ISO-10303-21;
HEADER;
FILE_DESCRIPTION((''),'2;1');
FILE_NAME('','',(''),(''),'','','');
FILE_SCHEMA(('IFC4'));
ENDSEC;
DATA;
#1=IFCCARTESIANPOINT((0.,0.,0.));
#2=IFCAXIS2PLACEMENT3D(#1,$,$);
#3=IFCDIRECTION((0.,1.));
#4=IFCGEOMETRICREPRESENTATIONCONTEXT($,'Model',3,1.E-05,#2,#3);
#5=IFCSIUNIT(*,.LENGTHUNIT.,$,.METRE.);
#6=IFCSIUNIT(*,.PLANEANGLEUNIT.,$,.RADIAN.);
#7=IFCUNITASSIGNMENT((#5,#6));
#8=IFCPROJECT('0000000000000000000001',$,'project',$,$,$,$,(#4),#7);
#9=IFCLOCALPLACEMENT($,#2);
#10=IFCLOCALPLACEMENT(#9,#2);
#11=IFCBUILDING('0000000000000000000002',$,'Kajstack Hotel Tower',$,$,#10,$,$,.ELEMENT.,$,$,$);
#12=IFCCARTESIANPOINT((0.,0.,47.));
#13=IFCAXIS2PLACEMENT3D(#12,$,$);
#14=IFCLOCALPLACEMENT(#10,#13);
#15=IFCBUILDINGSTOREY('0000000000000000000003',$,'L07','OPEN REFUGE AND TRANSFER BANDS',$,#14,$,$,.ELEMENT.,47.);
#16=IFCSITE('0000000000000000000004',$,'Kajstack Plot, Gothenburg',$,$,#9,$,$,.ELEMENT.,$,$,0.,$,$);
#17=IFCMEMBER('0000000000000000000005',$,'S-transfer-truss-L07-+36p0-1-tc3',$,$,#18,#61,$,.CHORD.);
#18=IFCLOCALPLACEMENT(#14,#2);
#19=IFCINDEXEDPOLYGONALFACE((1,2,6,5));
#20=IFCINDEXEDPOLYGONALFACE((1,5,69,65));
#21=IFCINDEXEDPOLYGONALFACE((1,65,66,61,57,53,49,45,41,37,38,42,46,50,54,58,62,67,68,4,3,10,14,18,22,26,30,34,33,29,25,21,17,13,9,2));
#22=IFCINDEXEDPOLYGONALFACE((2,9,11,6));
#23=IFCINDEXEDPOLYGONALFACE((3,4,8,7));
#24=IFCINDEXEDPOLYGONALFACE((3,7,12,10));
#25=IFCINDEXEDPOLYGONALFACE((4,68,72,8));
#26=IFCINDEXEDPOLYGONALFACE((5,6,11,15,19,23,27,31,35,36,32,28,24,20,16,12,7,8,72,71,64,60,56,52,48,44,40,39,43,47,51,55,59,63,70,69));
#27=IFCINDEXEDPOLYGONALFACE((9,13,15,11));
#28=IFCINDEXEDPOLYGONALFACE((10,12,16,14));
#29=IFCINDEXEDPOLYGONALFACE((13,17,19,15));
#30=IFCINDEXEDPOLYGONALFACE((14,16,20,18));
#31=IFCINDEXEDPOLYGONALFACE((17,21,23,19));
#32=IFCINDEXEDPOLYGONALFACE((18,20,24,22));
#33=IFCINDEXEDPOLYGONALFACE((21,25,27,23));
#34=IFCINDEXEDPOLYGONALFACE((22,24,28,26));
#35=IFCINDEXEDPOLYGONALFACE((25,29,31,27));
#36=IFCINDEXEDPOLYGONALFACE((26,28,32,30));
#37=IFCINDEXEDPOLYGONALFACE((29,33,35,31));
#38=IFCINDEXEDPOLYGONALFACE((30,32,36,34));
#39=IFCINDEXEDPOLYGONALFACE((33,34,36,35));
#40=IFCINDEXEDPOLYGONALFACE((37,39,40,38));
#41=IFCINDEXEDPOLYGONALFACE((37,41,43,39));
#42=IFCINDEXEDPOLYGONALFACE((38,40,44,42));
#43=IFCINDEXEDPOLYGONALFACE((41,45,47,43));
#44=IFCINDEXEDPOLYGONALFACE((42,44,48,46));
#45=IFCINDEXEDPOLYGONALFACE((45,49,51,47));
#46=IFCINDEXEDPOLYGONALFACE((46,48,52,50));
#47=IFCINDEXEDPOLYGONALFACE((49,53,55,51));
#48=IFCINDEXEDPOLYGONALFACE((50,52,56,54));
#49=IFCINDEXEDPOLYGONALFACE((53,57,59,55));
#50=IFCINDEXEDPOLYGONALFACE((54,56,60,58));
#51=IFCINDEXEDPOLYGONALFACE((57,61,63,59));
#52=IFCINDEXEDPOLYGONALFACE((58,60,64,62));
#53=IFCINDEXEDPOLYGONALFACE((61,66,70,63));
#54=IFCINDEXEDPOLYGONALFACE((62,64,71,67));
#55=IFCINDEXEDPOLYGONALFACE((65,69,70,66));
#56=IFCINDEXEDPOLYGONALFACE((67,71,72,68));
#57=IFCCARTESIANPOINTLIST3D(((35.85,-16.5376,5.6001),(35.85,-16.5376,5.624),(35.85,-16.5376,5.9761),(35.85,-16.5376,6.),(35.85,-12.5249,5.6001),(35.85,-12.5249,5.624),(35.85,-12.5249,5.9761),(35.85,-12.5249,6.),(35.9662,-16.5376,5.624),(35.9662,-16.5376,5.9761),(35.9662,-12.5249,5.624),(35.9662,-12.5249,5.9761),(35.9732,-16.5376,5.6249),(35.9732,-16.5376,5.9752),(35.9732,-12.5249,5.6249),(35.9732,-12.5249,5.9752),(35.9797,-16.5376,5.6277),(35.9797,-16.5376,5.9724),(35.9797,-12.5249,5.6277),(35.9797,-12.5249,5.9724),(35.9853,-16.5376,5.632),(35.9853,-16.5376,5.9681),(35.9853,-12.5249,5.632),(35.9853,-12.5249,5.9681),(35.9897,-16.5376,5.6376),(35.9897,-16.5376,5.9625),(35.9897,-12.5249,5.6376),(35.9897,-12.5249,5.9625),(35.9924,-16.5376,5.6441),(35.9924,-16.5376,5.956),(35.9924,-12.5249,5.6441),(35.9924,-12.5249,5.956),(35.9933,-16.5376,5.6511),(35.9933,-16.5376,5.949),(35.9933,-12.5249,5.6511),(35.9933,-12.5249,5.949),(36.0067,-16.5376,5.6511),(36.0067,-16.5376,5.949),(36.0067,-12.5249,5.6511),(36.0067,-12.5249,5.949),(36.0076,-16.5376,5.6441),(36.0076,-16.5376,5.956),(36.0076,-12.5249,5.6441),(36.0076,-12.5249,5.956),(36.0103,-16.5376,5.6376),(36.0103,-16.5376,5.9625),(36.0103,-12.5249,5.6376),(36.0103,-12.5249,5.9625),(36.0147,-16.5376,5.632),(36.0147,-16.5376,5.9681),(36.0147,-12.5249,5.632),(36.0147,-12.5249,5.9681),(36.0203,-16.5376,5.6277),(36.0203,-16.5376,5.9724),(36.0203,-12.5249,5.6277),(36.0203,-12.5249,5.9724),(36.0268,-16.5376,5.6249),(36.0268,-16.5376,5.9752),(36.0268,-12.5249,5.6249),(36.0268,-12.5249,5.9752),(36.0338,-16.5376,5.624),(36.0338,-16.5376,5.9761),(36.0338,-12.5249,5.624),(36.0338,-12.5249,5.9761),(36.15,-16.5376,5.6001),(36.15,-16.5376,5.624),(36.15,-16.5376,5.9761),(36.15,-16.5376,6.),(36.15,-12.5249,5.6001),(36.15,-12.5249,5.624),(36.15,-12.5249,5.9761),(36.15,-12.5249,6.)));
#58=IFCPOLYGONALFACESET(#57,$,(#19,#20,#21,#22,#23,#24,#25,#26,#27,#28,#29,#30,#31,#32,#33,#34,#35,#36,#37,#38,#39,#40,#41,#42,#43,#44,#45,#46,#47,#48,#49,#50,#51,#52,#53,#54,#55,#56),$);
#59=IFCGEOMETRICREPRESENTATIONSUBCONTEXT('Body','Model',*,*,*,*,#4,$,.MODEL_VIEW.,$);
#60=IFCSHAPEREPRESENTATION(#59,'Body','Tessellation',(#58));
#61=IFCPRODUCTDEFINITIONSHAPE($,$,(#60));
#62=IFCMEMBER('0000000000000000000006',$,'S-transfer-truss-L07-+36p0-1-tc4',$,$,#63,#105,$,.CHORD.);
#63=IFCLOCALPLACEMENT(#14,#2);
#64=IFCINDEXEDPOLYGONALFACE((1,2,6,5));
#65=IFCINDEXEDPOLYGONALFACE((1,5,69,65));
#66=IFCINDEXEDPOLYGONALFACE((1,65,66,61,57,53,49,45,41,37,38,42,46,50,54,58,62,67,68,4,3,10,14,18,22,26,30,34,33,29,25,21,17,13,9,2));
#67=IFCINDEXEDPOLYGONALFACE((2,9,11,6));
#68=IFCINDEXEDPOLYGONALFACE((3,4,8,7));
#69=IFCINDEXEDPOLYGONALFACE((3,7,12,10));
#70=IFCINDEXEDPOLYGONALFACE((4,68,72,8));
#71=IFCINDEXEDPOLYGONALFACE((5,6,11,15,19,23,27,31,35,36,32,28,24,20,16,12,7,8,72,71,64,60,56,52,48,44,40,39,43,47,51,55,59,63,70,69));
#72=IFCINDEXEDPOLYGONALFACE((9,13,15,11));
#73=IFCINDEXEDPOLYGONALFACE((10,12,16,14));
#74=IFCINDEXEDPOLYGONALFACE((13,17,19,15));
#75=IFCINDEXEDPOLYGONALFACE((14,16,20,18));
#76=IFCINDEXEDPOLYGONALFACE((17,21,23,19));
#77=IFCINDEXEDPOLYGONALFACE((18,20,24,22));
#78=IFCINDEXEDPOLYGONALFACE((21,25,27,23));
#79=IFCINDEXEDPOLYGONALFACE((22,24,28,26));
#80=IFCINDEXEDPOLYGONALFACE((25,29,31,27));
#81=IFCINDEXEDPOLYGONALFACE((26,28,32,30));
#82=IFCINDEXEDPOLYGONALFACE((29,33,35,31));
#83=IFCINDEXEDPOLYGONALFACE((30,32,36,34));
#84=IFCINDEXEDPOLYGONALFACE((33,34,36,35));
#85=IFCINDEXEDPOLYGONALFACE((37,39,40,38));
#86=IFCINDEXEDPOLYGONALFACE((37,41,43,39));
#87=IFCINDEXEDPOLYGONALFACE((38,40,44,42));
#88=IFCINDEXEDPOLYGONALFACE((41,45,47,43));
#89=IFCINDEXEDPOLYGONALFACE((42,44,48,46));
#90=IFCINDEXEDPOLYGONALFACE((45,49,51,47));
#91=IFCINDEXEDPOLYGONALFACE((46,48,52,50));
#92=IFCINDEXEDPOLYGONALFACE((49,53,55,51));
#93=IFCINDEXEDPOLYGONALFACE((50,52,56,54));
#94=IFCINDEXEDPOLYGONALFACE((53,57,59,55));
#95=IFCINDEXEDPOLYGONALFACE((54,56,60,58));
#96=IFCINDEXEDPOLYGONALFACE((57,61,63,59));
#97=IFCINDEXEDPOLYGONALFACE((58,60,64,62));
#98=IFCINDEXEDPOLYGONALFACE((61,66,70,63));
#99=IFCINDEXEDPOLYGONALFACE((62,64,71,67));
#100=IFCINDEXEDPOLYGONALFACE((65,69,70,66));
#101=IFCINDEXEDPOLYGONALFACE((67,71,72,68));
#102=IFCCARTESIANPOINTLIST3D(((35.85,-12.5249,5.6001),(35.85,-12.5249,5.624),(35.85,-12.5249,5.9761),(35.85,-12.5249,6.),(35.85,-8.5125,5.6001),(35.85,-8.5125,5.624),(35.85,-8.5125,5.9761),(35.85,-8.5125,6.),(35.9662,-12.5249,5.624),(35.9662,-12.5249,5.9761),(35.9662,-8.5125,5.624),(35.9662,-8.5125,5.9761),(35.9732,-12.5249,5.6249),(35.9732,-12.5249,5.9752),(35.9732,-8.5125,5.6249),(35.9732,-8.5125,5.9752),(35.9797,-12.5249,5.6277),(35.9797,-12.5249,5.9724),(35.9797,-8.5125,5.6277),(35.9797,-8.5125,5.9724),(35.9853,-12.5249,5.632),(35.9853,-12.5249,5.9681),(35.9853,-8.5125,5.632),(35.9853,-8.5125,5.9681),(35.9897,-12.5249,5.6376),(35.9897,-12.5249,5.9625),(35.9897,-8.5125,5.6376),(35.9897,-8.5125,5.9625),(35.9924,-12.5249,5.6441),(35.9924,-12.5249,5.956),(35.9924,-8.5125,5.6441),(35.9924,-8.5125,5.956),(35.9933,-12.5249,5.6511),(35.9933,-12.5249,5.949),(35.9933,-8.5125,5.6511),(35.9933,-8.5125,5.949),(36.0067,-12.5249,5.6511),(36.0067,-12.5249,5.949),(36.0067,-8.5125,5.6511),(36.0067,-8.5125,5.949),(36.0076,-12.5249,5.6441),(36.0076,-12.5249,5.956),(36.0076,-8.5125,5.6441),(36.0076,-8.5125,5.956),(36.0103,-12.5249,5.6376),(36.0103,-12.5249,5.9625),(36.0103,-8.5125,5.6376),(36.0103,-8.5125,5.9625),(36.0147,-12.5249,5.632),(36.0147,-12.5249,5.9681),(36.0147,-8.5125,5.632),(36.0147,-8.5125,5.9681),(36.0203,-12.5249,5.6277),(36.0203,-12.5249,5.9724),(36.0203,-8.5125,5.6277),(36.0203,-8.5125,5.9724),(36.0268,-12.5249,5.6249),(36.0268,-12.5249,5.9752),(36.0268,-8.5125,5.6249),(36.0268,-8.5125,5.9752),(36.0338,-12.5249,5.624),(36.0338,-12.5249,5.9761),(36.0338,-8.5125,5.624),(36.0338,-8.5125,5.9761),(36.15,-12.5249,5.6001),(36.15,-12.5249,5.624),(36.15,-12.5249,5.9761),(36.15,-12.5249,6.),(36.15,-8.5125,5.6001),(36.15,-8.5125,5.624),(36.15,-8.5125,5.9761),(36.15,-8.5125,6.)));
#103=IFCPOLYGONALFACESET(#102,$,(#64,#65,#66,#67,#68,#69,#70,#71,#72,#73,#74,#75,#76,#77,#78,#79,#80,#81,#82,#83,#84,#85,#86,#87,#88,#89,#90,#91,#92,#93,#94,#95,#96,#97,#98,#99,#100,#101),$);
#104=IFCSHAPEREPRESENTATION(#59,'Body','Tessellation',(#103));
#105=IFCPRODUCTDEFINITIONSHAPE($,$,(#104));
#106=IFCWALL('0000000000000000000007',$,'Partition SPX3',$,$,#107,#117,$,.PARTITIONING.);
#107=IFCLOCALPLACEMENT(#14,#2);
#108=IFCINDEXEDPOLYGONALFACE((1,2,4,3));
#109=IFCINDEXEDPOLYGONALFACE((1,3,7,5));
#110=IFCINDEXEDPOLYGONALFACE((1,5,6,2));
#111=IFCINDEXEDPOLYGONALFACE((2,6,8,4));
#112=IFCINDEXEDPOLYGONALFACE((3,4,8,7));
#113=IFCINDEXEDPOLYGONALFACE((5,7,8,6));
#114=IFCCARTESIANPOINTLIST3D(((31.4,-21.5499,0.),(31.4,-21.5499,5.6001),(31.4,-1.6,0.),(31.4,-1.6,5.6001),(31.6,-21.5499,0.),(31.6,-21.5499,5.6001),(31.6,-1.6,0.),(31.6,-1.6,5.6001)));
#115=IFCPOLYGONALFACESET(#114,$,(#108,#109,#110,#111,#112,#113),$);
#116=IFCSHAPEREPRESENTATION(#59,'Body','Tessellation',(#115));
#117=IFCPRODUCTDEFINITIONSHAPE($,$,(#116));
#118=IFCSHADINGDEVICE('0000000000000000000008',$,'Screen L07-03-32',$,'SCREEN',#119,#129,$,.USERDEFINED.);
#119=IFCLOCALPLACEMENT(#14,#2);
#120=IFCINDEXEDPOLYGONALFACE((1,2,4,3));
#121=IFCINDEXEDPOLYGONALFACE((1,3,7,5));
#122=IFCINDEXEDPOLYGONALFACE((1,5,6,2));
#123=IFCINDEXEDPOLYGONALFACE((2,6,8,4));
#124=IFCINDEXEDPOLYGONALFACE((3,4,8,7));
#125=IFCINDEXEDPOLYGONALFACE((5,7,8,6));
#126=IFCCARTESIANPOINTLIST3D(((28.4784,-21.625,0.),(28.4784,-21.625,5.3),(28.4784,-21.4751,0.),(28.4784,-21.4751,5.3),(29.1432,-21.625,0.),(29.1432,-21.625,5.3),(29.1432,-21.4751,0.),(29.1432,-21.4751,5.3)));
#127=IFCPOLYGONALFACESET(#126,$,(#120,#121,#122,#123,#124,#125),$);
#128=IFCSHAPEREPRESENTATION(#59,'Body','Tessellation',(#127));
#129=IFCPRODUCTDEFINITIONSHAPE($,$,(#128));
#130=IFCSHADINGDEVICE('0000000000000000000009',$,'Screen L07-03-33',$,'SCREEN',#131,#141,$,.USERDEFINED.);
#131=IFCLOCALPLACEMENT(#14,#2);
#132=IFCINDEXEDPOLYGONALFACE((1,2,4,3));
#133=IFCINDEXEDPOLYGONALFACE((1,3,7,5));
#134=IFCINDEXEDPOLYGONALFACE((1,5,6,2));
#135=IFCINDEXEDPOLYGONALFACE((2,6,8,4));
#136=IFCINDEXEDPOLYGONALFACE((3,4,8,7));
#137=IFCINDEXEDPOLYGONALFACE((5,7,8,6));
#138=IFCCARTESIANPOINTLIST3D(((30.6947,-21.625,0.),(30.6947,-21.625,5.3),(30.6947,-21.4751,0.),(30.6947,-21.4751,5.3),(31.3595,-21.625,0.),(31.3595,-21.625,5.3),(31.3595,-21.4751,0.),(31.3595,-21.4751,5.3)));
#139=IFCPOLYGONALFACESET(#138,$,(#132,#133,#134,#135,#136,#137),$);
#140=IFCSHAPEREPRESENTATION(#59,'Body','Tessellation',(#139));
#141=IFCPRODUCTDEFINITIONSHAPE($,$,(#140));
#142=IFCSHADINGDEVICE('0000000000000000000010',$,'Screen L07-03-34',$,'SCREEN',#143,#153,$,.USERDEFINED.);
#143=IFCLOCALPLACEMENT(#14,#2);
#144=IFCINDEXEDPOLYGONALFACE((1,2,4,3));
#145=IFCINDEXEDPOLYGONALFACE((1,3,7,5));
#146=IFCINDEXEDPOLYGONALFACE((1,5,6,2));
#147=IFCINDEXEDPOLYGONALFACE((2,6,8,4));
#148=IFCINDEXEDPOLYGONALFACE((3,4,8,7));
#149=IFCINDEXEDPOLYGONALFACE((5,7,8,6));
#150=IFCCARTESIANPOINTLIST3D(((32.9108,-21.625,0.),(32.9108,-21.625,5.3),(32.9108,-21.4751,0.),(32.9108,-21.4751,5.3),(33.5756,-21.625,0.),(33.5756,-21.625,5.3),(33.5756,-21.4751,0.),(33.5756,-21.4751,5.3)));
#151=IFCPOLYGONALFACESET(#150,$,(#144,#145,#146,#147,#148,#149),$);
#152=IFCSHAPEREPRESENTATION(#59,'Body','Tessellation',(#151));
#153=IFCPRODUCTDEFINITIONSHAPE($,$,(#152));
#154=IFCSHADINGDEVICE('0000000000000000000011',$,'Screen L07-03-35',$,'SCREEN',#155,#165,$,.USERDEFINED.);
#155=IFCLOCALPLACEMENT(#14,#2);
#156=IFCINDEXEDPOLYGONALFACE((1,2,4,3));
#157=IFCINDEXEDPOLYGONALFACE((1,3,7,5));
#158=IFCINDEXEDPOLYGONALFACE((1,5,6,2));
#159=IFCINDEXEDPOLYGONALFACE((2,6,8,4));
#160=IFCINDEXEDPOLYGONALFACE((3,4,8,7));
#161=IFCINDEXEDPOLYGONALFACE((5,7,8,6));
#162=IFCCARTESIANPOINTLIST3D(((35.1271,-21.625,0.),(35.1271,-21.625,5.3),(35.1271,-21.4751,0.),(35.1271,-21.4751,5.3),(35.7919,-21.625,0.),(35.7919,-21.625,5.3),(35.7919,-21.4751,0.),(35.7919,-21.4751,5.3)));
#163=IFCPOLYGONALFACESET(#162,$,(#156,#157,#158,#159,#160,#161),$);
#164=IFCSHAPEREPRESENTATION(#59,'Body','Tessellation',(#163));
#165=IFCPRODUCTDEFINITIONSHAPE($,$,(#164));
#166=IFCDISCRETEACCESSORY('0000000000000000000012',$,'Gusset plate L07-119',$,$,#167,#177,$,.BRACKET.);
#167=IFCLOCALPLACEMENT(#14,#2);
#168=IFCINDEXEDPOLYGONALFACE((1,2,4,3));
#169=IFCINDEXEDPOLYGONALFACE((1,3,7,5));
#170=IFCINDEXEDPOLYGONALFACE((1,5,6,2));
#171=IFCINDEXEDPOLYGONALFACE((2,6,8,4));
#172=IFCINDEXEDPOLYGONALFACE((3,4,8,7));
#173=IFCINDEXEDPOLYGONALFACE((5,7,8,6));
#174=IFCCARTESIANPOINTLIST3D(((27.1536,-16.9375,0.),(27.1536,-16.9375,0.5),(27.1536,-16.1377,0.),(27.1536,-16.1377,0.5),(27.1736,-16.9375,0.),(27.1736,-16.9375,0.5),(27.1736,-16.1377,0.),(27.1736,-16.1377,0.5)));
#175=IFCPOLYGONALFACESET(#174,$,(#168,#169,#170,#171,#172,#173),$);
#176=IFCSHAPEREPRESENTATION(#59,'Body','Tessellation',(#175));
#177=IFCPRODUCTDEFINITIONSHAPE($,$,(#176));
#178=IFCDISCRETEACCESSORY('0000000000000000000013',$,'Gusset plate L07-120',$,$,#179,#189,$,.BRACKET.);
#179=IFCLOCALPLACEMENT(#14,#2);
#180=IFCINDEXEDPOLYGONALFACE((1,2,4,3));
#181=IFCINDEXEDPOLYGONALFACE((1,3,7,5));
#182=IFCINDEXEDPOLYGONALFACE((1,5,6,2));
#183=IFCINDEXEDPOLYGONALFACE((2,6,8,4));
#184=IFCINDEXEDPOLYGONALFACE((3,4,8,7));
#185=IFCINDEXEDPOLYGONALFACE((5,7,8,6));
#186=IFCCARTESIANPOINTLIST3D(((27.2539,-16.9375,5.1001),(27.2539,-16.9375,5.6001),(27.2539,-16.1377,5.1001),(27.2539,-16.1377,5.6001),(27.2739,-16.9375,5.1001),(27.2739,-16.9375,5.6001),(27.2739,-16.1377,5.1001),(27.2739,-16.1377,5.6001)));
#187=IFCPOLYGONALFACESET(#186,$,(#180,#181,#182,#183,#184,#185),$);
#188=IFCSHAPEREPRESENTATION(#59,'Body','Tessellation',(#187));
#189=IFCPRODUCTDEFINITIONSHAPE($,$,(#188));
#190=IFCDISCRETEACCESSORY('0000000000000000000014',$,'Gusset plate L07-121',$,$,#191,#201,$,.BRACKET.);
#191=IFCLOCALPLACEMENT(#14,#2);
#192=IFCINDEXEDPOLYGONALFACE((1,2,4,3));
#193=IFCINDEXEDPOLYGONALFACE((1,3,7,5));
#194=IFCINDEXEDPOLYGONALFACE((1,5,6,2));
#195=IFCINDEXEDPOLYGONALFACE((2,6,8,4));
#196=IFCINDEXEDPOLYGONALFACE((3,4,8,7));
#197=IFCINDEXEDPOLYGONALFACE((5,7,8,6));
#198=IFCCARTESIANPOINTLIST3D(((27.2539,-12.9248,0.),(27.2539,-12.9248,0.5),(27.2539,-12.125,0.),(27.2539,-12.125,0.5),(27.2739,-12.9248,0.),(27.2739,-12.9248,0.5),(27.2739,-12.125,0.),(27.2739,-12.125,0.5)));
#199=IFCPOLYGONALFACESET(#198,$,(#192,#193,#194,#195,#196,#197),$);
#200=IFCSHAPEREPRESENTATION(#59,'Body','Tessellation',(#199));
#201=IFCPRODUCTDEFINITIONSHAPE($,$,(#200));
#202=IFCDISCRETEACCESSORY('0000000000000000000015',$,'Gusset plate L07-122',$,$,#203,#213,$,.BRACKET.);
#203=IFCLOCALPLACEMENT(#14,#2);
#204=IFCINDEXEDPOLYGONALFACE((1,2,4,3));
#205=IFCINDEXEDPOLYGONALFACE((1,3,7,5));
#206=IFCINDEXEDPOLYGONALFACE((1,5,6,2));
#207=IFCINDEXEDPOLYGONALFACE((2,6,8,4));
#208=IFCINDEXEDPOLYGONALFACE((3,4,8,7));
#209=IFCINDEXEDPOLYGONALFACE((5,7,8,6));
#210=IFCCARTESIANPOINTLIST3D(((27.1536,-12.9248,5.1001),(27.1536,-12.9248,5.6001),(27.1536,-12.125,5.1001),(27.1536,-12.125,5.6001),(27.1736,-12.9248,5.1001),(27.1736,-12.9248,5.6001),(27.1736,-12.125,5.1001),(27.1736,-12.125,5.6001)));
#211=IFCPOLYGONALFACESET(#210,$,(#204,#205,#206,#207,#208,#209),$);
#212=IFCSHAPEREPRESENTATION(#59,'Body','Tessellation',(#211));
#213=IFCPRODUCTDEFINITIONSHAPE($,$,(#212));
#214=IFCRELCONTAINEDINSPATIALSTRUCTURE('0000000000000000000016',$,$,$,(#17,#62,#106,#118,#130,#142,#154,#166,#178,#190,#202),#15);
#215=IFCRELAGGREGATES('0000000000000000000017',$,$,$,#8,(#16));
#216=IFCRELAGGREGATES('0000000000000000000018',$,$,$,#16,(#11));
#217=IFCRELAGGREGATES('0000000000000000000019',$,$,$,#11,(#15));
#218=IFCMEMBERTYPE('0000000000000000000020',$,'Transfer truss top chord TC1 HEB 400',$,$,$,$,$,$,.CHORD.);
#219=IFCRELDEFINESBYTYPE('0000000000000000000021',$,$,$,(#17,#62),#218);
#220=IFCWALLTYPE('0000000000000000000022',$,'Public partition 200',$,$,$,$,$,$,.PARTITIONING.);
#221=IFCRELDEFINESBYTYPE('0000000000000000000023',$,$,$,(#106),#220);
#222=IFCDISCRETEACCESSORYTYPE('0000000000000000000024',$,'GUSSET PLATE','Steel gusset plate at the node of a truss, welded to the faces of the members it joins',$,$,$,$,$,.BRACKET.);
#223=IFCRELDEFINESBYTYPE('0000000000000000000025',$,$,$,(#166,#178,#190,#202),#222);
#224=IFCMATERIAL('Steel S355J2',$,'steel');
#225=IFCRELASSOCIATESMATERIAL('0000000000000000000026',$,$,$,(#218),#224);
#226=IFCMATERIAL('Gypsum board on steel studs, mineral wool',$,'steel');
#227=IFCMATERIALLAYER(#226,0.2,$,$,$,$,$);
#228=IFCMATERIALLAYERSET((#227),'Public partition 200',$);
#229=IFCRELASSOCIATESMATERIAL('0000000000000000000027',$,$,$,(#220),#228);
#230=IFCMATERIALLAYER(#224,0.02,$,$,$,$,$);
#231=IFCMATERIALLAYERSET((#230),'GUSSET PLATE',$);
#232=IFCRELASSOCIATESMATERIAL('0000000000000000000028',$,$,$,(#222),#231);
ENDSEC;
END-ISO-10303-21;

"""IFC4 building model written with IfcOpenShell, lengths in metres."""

from ifc_helpers import new_model, si_unit, direction, frame, frame_2d, origin, origin_2d, place, context, subcontext, project, spatial, polyline, rectangle, i_section, outline, extrude, material, layer, layer_set, material_profile, profile_set, type_object, element, save


model = new_model("IFC4")

# Units and contexts
model_context = context("Model", 3, precision=1e-05, world=origin(), true_north=direction((0.0, 1.0)))
body_context = subcontext(model_context, "Body", "Model", "MODEL_VIEW")
ifc_project = project(units=[si_unit("LENGTHUNIT", "METRE"), si_unit("PLANEANGLEUNIT", "RADIAN")], contexts=[model_context])

# Site, building, storey
site_placement = place(None, origin())
site = spatial("IfcSite", under=ifc_project, at=site_placement, Name="Kajstack Plot, Gothenburg", CompositionType="ELEMENT", RefElevation=0.0)
building_placement = place(site_placement, origin())
building = spatial("IfcBuilding", under=site, at=building_placement, Name="Kajstack Hotel Tower", CompositionType="ELEMENT")
storey_placement = place(building_placement, frame((0.0, 0.0, 47.0)))
storey = spatial("IfcBuildingStorey", under=building, at=storey_placement, Name="L07", Description="OPEN REFUGE AND TRANSFER BANDS", CompositionType="ELEMENT", Elevation=47.0)

# Members
ifc_material_1 = material(Name="Steel S355J2", Category="steel")
ifc_material_profile_1 = material_profile(ifc_material_1, i_section(OverallWidth=0.3, OverallDepth=0.3999, WebThickness=0.0134, FlangeThickness=0.0239, FilletRadius=0.0271, at=origin_2d()), Name="HEB 400")
ifc_profile_set_1 = profile_set([ifc_material_profile_1], Name="Steel S355J2")
member_type_1 = type_object("IfcMemberType", Name="Transfer truss top chord TC1 HEB 400", PredefinedType="CHORD", material=ifc_profile_set_1)
member_1_placement = place(storey_placement, frame((36.0, -16.5376, 5.8), z_axis=(0.0, 1.0, 0.0), x_axis=(-1.0, 0.0, 0.0)))
element("IfcMember", 1, at=member_1_placement, inside=storey, type_object=member_type_1, Name="S-transfer-truss-L07-+36p0-1-tc3", PredefinedType="CHORD", context=body_context, shape_type="SweptSolid", body=[
    extrude(i_section(OverallWidth=0.3, OverallDepth=0.3999, WebThickness=0.0134, FlangeThickness=0.0239, FilletRadius=0.0271, at=origin_2d()), origin(), (0.0, 0.0, 1.0), 4.0127),
])
member_2_placement = place(storey_placement, frame((36.0, -12.5249, 5.8), z_axis=(0.0, 1.0, 0.0), x_axis=(-1.0, 0.0, 0.0)))
element("IfcMember", 2, at=member_2_placement, inside=storey, type_object=member_type_1, Name="S-transfer-truss-L07-+36p0-1-tc4", PredefinedType="CHORD", context=body_context, shape_type="SweptSolid", body=[
    extrude(i_section(OverallWidth=0.3, OverallDepth=0.3999, WebThickness=0.0134, FlangeThickness=0.0239, FilletRadius=0.0271, at=origin_2d()), origin(), (0.0, 0.0, 1.0), 4.0125),
])

# Wall
ifc_material_2 = material(Name="Gypsum board on steel studs, mineral wool", Category="steel")
ifc_layer_1 = layer(ifc_material_2, 0.2)
ifc_layer_set_1 = layer_set([ifc_layer_1], Name="Public partition 200")
wall_type = type_object("IfcWallType", Name="Public partition 200", PredefinedType="PARTITIONING", material=ifc_layer_set_1)
wall_placement = place(storey_placement, frame((31.5, -21.55, 0.0), z_axis=(0.0, 0.0, 1.0), x_axis=(0.0, 1.0, 0.0)))
element("IfcWall", 3, at=wall_placement, inside=storey, type_object=wall_type, Name="Partition SPX3", PredefinedType="PARTITIONING", context=body_context, shape_type="SweptSolid", body=[
    extrude(rectangle(XDim=19.95, YDim=0.2, at=frame_2d((9.9751, 0.0))), origin(), (0.0, 0.0, 1.0), 5.6001),
])

# Shading devices
for number, where, z_axis, x_axis, name in (
    (4, (28.8108, -21.55, 0.0), (0.0, 0.0, 1.0), (1.0, 0.0, 0.0), "Screen L07-03-32"),
    (5, (31.0271, -21.55, 0.0), (0.0, 0.0, 1.0), (1.0, 0.0, 0.0), "Screen L07-03-33"),
    (6, (33.2432, -21.55, 0.0), (0.0, 0.0, 1.0), (1.0, 0.0, 0.0), "Screen L07-03-34"),
    (7, (35.4595, -21.55, 0.0), (0.0, 0.0, 1.0), (1.0, 0.0, 0.0), "Screen L07-03-35"),
):
    element("IfcShadingDevice", number, at=place(storey_placement, frame(where, z_axis=z_axis, x_axis=x_axis)), inside=storey, Name=name, ObjectType="SCREEN", PredefinedType="USERDEFINED", context=body_context, shape_type="SweptSolid", body=[
        extrude(rectangle(XDim=0.6648, YDim=0.1499, at=origin_2d()), origin(), (0.0, 0.0, 1.0), 5.3),
    ])

# Discrete accessories
ifc_layer_2 = layer(ifc_material_1, 0.02)
ifc_layer_set_2 = layer_set([ifc_layer_2], Name="GUSSET PLATE")
discrete_accessory_type = type_object("IfcDiscreteAccessoryType", Name="GUSSET PLATE", Description="Steel gusset plate at the node of a truss, welded to the faces of the members it joins", PredefinedType="BRACKET", material=ifc_layer_set_2)
for number, where, z_axis, x_axis, name in (
    (8, (27.1536, -16.5376, 0.0), (1.0, 0.0, 0.0), (0.0, 1.0, 0.0), "Gusset plate L07-119"),
    (9, (27.2539, -16.5376, 5.1001), (1.0, 0.0, 0.0), (0.0, 1.0, 0.0), "Gusset plate L07-120"),
    (10, (27.2539, -12.5249, 0.0), (1.0, 0.0, 0.0), (0.0, 1.0, 0.0), "Gusset plate L07-121"),
    (11, (27.1536, -12.5249, 5.1001), (1.0, 0.0, 0.0), (0.0, 1.0, 0.0), "Gusset plate L07-122"),
):
    element("IfcDiscreteAccessory", number, at=place(storey_placement, frame(where, z_axis=z_axis, x_axis=x_axis)), inside=storey, type_object=discrete_accessory_type, Name=name, PredefinedType="BRACKET", context=body_context, shape_type="SweptSolid", body=[
        extrude(outline(polyline([(-0.3999, 0.0), (0.3999, 0.0), (0.3999, 0.5), (-0.3999, 0.5), (-0.3999, 0.0)])), origin(), (0.0, 0.0, 1.0), 0.02),
    ])

save(model, "model.ifc")
